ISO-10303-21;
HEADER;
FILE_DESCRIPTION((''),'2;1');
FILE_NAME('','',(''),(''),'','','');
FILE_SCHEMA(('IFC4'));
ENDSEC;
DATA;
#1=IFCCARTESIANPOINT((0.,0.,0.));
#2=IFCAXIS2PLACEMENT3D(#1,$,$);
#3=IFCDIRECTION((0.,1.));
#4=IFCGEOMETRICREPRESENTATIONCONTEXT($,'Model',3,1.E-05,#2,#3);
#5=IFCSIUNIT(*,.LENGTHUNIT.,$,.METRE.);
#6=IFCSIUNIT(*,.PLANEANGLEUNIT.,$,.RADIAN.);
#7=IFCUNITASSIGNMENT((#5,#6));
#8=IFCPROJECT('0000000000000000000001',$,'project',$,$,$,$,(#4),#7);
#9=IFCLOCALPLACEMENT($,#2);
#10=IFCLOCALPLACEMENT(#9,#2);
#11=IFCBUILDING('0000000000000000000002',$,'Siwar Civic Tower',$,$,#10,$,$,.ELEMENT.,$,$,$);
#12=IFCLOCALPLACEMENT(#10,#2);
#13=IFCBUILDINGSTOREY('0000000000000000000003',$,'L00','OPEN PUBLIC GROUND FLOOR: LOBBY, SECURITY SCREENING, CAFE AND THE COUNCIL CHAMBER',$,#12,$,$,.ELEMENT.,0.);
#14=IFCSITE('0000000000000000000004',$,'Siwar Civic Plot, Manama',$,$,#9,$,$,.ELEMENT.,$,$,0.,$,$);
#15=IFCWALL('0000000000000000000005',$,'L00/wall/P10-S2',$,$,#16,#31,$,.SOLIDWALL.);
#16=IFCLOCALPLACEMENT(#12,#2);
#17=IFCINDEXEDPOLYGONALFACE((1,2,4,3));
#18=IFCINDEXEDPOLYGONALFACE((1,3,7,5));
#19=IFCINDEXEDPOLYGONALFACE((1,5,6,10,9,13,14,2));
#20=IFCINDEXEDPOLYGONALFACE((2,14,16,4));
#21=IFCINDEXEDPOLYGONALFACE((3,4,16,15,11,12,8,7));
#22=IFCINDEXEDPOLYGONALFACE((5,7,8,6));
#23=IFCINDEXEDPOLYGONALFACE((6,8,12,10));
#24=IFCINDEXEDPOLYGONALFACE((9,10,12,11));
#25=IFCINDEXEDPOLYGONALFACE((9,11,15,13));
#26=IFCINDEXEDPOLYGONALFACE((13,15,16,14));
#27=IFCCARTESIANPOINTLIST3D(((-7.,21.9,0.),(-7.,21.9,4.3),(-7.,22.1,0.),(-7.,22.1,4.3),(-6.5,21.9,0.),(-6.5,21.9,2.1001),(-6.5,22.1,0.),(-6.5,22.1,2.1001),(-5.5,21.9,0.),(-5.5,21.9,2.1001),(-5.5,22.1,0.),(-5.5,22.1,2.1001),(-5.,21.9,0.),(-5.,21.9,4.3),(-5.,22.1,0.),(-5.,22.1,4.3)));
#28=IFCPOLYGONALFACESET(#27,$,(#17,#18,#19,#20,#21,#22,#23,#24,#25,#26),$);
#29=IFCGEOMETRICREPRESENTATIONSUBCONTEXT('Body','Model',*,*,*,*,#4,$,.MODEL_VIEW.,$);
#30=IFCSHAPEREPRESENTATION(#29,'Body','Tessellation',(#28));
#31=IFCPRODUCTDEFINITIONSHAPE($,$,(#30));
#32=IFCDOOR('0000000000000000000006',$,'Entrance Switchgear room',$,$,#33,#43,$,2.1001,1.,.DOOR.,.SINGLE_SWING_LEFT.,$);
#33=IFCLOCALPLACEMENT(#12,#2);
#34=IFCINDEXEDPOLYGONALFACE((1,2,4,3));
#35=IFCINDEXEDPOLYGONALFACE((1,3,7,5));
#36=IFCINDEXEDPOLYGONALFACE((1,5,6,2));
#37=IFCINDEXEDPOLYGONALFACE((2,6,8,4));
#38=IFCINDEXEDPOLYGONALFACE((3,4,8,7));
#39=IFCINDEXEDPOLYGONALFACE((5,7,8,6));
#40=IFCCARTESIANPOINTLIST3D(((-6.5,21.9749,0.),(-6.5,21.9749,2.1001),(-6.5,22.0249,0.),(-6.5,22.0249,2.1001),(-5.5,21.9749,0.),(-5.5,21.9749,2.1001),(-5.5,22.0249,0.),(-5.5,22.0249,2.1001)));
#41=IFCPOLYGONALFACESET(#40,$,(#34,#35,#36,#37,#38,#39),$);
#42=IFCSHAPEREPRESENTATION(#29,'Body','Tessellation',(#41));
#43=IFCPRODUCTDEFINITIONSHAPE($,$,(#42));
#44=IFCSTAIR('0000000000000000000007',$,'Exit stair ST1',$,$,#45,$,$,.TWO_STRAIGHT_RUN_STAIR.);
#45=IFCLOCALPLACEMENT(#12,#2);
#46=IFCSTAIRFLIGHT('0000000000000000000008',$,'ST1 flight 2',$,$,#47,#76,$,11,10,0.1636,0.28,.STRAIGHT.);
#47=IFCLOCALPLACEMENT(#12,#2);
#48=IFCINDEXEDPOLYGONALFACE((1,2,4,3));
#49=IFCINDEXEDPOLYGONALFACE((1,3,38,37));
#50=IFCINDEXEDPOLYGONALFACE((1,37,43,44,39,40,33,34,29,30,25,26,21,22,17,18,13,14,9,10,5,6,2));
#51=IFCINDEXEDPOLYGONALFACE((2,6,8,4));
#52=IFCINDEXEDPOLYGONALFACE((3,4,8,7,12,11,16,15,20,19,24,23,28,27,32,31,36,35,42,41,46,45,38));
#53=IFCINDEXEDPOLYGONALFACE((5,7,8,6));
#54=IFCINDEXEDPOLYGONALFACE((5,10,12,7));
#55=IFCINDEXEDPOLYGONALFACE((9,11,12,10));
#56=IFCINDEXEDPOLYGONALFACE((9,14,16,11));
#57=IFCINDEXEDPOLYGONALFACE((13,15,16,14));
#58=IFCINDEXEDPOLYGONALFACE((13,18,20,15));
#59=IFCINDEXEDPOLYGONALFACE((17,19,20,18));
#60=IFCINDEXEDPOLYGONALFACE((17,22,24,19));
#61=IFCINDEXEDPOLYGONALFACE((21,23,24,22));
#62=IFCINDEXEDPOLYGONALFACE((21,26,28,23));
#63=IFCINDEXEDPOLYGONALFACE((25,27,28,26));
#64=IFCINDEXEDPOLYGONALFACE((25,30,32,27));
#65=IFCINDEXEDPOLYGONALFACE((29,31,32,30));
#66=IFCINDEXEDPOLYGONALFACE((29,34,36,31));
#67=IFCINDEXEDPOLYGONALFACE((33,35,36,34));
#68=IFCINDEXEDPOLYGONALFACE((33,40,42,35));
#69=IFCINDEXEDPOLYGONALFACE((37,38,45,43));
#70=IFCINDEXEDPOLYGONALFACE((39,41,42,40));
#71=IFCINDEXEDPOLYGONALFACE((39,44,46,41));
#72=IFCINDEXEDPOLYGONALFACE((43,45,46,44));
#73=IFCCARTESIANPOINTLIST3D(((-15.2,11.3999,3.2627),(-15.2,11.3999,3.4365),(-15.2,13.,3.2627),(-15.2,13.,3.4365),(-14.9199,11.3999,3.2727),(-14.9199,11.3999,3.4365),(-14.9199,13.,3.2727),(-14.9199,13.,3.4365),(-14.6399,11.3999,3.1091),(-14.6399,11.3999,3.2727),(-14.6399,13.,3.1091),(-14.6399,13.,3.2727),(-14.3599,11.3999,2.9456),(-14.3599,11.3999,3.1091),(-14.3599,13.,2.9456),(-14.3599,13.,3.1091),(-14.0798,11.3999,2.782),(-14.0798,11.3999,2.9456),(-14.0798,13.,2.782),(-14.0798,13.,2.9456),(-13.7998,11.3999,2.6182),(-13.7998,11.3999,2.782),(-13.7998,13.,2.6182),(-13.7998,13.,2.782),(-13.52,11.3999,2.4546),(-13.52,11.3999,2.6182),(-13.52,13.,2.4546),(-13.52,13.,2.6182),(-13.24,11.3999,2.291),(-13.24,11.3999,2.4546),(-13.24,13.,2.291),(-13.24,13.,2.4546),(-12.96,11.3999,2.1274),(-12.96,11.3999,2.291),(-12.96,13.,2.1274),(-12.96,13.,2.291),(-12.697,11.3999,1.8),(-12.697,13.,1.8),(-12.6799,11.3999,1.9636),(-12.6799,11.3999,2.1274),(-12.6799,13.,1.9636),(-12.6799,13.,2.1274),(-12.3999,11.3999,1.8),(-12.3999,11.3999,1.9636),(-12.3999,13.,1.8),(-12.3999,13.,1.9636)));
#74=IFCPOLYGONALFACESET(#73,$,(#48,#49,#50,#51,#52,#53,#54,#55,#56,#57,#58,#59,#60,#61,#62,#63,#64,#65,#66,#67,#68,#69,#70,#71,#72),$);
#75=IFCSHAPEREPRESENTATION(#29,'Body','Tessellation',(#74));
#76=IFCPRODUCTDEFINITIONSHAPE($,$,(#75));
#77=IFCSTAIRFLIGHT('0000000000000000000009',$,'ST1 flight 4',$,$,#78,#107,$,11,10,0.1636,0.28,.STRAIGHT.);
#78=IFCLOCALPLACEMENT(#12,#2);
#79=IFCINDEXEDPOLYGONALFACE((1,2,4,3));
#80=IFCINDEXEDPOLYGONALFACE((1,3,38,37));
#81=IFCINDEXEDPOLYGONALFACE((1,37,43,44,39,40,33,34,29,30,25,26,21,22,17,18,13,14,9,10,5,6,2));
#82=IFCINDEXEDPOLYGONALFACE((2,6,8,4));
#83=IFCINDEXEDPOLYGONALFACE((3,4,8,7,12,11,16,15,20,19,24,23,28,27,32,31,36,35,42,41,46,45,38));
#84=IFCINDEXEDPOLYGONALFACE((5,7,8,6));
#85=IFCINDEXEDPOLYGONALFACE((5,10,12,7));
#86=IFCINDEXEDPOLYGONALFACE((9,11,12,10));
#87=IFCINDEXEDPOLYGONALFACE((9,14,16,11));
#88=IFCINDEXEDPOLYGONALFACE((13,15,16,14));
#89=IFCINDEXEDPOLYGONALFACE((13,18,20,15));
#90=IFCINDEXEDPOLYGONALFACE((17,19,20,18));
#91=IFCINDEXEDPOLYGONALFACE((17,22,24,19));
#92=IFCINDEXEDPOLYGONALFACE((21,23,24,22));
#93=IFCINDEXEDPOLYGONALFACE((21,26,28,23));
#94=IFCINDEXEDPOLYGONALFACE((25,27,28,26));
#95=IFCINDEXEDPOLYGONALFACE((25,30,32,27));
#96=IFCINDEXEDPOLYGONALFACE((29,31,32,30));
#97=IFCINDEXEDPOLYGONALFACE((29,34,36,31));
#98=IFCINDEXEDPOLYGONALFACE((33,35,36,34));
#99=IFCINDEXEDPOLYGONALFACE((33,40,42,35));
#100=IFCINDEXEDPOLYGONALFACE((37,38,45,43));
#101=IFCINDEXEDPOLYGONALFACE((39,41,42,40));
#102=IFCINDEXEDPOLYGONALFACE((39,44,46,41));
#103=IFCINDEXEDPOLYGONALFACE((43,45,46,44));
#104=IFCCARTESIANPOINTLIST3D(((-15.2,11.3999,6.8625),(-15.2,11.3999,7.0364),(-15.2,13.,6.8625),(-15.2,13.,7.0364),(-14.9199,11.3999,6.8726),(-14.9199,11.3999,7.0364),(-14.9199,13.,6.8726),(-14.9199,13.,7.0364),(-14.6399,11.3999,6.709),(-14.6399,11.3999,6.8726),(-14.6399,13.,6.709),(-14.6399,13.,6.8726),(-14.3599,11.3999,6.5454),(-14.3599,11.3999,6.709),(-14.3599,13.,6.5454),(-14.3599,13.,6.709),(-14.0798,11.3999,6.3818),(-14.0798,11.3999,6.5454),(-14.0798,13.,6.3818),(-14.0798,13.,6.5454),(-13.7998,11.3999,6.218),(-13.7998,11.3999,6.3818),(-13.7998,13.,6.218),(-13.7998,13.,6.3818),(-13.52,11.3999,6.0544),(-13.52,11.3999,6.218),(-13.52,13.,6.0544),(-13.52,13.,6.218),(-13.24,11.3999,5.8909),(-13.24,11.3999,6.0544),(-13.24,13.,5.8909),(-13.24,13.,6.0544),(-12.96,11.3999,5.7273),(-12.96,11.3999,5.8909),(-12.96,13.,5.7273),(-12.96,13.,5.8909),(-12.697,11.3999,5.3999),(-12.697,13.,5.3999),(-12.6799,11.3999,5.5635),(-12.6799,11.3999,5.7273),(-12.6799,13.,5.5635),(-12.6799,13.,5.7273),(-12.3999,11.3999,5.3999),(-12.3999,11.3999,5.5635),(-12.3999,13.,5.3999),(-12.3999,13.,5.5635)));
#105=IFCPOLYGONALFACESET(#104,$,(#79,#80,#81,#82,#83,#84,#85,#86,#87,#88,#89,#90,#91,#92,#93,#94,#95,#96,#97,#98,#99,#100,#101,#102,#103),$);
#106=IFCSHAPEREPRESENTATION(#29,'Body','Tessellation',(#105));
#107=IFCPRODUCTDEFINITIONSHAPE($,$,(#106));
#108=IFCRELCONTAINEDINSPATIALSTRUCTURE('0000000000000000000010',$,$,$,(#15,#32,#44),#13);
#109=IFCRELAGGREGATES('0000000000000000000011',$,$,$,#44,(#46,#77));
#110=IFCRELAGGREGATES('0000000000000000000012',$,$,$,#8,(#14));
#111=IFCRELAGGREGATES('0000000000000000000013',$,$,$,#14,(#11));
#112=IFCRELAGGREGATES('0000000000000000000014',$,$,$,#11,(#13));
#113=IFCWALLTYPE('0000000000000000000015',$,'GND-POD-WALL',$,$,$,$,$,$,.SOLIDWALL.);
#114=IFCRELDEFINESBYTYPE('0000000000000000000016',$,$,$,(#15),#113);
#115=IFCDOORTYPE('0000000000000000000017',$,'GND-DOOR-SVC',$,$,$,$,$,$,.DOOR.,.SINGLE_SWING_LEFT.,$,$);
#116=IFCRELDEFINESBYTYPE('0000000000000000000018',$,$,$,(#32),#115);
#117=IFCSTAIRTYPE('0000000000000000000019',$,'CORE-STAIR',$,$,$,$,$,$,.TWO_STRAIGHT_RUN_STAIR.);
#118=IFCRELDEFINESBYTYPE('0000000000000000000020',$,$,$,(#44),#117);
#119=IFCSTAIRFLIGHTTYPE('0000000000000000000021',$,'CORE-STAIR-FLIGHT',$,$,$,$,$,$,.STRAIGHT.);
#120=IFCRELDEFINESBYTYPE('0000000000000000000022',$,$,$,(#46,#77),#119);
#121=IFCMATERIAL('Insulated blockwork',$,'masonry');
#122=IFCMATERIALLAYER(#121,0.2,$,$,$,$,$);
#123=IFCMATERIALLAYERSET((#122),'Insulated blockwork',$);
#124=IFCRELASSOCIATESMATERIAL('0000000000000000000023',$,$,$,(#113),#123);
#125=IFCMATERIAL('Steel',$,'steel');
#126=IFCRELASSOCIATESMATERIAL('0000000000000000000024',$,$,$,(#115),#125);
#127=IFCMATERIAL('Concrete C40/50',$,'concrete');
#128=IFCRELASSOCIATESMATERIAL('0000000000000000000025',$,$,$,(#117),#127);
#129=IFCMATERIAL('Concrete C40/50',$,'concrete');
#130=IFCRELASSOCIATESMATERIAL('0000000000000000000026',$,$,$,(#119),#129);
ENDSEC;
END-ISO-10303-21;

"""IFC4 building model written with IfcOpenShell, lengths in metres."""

from ifc_helpers import new_model, si_unit, direction, frame, frame_2d, origin, place, context, subcontext, project, spatial, polyline, rectangle, outline, extrude, material, layer, layer_set, type_object, element, fill, aggregate, save


model = new_model("IFC4")

# Units and contexts
model_context = context("Model", 3, precision=1e-05, world=origin(), true_north=direction((0.0, 1.0)))
body_context = subcontext(model_context, "Body", "Model", "MODEL_VIEW")
ifc_project = project(units=[si_unit("LENGTHUNIT", "METRE"), si_unit("PLANEANGLEUNIT", "RADIAN")], contexts=[model_context])

# Site, building, storey
site_placement = place(None, origin())
site = spatial("IfcSite", under=ifc_project, at=site_placement, Name="Siwar Civic Plot, Manama", CompositionType="ELEMENT", RefElevation=0.0)
building_placement = place(site_placement, origin())
building = spatial("IfcBuilding", under=site, at=building_placement, Name="Siwar Civic Tower", CompositionType="ELEMENT")
storey_placement = place(building_placement, origin())
storey = spatial("IfcBuildingStorey", under=building, at=storey_placement, Name="L00", Description="OPEN PUBLIC GROUND FLOOR: LOBBY, SECURITY SCREENING, CAFE AND THE COUNCIL CHAMBER", CompositionType="ELEMENT", Elevation=0.0)

# Shared definitions
ifc_material_1 = material(Name="Insulated blockwork", Category="masonry")
ifc_layer_1 = layer(ifc_material_1, 0.2)
ifc_layer_set_1 = layer_set([ifc_layer_1], Name="Insulated blockwork")
wall_type_1 = type_object("IfcWallType", Name="GND-POD-WALL", PredefinedType="SOLIDWALL", material=ifc_layer_set_1)

# Wall, opening, door
wall_1_placement = place(storey_placement, frame((-7.0, 22.0, 0.0), z_axis=(0.0, 0.0, 1.0), x_axis=(1.0, 0.0, 0.0)))
wall_1 = element("IfcWall", 1, at=wall_1_placement, inside=storey, type_object=wall_type_1, Name="L00/wall/P10-S2", PredefinedType="SOLIDWALL", context=body_context, shape_type="SweptSolid", body=[
    extrude(rectangle(XDim=2.0, YDim=0.2, at=frame_2d((1.0, 0.0))), origin(), (0.0, 0.0, 1.0), 4.3),
])
opening_1_placement = place(wall_1_placement, frame((0.5, 0.0, 0.0)))
opening_1 = element("IfcOpeningElement", 2, at=opening_1_placement, cuts=wall_1, PredefinedType="OPENING", context=body_context, shape_type="SweptSolid", body=[
    extrude(rectangle(XDim=1.0, YDim=2.1001, at=frame_2d((0.5, 1.05))), frame((0.0, 0.1099, 0.0), z_axis=(0.0, -1.0, 0.0), x_axis=(1.0, 0.0, 0.0)), (0.0, 0.0, 1.0), 0.22),
])
ifc_material_2 = material(Name="Steel", Category="steel")
door_type_1 = type_object("IfcDoorType", Name="GND-DOOR-SVC", OperationType="SINGLE_SWING_LEFT", PredefinedType="DOOR", material=ifc_material_2)
door_1_placement = place(opening_1_placement, frame((1.0, 0.0, 0.0), z_axis=(0.0, 0.0, 1.0), x_axis=(-1.0, 0.0, 0.0)))
door_1 = element("IfcDoor", 3, at=door_1_placement, inside=storey, type_object=door_type_1, Name="Entrance Switchgear room", OperationType="SINGLE_SWING_LEFT", OverallHeight=2.1001, OverallWidth=1.0, PredefinedType="DOOR", context=body_context, shape_type="SweptSolid", body=[
    extrude(rectangle(XDim=1.0, YDim=2.1001, at=frame_2d((0.5, 1.05))), frame((0.0, 0.0251, 0.0), z_axis=(0.0, -1.0, 0.0), x_axis=(1.0, 0.0, 0.0)), (0.0, 0.0, 1.0), 0.05),
])
fill(opening_1, door_1)

# Stair, stair flights
ifc_material_3 = material(Name="Concrete C40/50", Category="concrete")
stair_type = type_object("IfcStairType", Name="CORE-STAIR", PredefinedType="TWO_STRAIGHT_RUN_STAIR", material=ifc_material_3)
stair_placement = place(storey_placement, origin())
stair = element("IfcStair", 4, at=stair_placement, inside=storey, type_object=stair_type, Name="Exit stair ST1", PredefinedType="TWO_STRAIGHT_RUN_STAIR")
ifc_material_4 = material(Name="Concrete C40/50", Category="concrete")
stair_flight_type = type_object("IfcStairFlightType", Name="CORE-STAIR-FLIGHT", PredefinedType="STRAIGHT", material=ifc_material_4)
stair_flight_1_placement = place(storey_placement, frame((-12.3999, 12.2, 1.8), z_axis=(0.0, 0.0, 1.0), x_axis=(-1.0, 0.0, 0.0)))
stair_flight_1 = element("IfcStairFlight", 5, at=stair_flight_1_placement, type_object=stair_flight_type, Name="ST1 flight 2", NumberOfRisers=11, NumberOfTreads=10, PredefinedType="STRAIGHT", RiserHeight=0.1636, TreadLength=0.28, context=body_context, shape_type="SweptSolid", body=[
    extrude(outline(polyline([(0.0, 0.0), (0.0, 0.1636), (0.28, 0.1636), (0.28, 0.3274), (0.5601, 0.3274), (0.5601, 0.491), (0.8401, 0.491), (0.8401, 0.6545), (1.1201, 0.6545), (1.1201, 0.8181), (1.3999, 0.8181), (1.3999, 0.9819), (1.6799, 0.9819), (1.6799, 1.1455), (1.96, 1.1455), (1.96, 1.3091), (2.24, 1.3091), (2.24, 1.4727), (2.52, 1.4727), (2.52, 1.6365), (2.8, 1.6365), (2.8, 1.8), (2.8, 1.4626), (0.2971, 0.0), (0.0, 0.0)])), frame((0.0, 0.8, 0.0), z_axis=(0.0, -1.0, 0.0), x_axis=(1.0, 0.0, 0.0)), (0.0, 0.0, 1.0), 1.6001),
])
stair_flight_2_placement = place(storey_placement, frame((-12.3999, 12.2, 5.3999), z_axis=(0.0, 0.0, 1.0), x_axis=(-1.0, 0.0, 0.0)))
stair_flight_2 = element("IfcStairFlight", 6, at=stair_flight_2_placement, type_object=stair_flight_type, Name="ST1 flight 4", NumberOfRisers=11, NumberOfTreads=10, PredefinedType="STRAIGHT", RiserHeight=0.1636, TreadLength=0.28, context=body_context, shape_type="SweptSolid", body=[
    extrude(outline(polyline([(0.0, 0.0), (0.0, 0.1636), (0.28, 0.1636), (0.28, 0.3274), (0.5601, 0.3274), (0.5601, 0.491), (0.8401, 0.491), (0.8401, 0.6545), (1.1201, 0.6545), (1.1201, 0.8181), (1.3999, 0.8181), (1.3999, 0.9819), (1.6799, 0.9819), (1.6799, 1.1455), (1.96, 1.1455), (1.96, 1.3091), (2.24, 1.3091), (2.24, 1.4727), (2.52, 1.4727), (2.52, 1.6365), (2.8, 1.6365), (2.8, 1.8), (2.8, 1.4626), (0.2971, 0.0), (0.0, 0.0)])), frame((0.0, 0.8, 0.0), z_axis=(0.0, -1.0, 0.0), x_axis=(1.0, 0.0, 0.0)), (0.0, 0.0, 1.0), 1.6001),
])
aggregate(stair, [stair_flight_1, stair_flight_2])

save(model, "model.ifc")
